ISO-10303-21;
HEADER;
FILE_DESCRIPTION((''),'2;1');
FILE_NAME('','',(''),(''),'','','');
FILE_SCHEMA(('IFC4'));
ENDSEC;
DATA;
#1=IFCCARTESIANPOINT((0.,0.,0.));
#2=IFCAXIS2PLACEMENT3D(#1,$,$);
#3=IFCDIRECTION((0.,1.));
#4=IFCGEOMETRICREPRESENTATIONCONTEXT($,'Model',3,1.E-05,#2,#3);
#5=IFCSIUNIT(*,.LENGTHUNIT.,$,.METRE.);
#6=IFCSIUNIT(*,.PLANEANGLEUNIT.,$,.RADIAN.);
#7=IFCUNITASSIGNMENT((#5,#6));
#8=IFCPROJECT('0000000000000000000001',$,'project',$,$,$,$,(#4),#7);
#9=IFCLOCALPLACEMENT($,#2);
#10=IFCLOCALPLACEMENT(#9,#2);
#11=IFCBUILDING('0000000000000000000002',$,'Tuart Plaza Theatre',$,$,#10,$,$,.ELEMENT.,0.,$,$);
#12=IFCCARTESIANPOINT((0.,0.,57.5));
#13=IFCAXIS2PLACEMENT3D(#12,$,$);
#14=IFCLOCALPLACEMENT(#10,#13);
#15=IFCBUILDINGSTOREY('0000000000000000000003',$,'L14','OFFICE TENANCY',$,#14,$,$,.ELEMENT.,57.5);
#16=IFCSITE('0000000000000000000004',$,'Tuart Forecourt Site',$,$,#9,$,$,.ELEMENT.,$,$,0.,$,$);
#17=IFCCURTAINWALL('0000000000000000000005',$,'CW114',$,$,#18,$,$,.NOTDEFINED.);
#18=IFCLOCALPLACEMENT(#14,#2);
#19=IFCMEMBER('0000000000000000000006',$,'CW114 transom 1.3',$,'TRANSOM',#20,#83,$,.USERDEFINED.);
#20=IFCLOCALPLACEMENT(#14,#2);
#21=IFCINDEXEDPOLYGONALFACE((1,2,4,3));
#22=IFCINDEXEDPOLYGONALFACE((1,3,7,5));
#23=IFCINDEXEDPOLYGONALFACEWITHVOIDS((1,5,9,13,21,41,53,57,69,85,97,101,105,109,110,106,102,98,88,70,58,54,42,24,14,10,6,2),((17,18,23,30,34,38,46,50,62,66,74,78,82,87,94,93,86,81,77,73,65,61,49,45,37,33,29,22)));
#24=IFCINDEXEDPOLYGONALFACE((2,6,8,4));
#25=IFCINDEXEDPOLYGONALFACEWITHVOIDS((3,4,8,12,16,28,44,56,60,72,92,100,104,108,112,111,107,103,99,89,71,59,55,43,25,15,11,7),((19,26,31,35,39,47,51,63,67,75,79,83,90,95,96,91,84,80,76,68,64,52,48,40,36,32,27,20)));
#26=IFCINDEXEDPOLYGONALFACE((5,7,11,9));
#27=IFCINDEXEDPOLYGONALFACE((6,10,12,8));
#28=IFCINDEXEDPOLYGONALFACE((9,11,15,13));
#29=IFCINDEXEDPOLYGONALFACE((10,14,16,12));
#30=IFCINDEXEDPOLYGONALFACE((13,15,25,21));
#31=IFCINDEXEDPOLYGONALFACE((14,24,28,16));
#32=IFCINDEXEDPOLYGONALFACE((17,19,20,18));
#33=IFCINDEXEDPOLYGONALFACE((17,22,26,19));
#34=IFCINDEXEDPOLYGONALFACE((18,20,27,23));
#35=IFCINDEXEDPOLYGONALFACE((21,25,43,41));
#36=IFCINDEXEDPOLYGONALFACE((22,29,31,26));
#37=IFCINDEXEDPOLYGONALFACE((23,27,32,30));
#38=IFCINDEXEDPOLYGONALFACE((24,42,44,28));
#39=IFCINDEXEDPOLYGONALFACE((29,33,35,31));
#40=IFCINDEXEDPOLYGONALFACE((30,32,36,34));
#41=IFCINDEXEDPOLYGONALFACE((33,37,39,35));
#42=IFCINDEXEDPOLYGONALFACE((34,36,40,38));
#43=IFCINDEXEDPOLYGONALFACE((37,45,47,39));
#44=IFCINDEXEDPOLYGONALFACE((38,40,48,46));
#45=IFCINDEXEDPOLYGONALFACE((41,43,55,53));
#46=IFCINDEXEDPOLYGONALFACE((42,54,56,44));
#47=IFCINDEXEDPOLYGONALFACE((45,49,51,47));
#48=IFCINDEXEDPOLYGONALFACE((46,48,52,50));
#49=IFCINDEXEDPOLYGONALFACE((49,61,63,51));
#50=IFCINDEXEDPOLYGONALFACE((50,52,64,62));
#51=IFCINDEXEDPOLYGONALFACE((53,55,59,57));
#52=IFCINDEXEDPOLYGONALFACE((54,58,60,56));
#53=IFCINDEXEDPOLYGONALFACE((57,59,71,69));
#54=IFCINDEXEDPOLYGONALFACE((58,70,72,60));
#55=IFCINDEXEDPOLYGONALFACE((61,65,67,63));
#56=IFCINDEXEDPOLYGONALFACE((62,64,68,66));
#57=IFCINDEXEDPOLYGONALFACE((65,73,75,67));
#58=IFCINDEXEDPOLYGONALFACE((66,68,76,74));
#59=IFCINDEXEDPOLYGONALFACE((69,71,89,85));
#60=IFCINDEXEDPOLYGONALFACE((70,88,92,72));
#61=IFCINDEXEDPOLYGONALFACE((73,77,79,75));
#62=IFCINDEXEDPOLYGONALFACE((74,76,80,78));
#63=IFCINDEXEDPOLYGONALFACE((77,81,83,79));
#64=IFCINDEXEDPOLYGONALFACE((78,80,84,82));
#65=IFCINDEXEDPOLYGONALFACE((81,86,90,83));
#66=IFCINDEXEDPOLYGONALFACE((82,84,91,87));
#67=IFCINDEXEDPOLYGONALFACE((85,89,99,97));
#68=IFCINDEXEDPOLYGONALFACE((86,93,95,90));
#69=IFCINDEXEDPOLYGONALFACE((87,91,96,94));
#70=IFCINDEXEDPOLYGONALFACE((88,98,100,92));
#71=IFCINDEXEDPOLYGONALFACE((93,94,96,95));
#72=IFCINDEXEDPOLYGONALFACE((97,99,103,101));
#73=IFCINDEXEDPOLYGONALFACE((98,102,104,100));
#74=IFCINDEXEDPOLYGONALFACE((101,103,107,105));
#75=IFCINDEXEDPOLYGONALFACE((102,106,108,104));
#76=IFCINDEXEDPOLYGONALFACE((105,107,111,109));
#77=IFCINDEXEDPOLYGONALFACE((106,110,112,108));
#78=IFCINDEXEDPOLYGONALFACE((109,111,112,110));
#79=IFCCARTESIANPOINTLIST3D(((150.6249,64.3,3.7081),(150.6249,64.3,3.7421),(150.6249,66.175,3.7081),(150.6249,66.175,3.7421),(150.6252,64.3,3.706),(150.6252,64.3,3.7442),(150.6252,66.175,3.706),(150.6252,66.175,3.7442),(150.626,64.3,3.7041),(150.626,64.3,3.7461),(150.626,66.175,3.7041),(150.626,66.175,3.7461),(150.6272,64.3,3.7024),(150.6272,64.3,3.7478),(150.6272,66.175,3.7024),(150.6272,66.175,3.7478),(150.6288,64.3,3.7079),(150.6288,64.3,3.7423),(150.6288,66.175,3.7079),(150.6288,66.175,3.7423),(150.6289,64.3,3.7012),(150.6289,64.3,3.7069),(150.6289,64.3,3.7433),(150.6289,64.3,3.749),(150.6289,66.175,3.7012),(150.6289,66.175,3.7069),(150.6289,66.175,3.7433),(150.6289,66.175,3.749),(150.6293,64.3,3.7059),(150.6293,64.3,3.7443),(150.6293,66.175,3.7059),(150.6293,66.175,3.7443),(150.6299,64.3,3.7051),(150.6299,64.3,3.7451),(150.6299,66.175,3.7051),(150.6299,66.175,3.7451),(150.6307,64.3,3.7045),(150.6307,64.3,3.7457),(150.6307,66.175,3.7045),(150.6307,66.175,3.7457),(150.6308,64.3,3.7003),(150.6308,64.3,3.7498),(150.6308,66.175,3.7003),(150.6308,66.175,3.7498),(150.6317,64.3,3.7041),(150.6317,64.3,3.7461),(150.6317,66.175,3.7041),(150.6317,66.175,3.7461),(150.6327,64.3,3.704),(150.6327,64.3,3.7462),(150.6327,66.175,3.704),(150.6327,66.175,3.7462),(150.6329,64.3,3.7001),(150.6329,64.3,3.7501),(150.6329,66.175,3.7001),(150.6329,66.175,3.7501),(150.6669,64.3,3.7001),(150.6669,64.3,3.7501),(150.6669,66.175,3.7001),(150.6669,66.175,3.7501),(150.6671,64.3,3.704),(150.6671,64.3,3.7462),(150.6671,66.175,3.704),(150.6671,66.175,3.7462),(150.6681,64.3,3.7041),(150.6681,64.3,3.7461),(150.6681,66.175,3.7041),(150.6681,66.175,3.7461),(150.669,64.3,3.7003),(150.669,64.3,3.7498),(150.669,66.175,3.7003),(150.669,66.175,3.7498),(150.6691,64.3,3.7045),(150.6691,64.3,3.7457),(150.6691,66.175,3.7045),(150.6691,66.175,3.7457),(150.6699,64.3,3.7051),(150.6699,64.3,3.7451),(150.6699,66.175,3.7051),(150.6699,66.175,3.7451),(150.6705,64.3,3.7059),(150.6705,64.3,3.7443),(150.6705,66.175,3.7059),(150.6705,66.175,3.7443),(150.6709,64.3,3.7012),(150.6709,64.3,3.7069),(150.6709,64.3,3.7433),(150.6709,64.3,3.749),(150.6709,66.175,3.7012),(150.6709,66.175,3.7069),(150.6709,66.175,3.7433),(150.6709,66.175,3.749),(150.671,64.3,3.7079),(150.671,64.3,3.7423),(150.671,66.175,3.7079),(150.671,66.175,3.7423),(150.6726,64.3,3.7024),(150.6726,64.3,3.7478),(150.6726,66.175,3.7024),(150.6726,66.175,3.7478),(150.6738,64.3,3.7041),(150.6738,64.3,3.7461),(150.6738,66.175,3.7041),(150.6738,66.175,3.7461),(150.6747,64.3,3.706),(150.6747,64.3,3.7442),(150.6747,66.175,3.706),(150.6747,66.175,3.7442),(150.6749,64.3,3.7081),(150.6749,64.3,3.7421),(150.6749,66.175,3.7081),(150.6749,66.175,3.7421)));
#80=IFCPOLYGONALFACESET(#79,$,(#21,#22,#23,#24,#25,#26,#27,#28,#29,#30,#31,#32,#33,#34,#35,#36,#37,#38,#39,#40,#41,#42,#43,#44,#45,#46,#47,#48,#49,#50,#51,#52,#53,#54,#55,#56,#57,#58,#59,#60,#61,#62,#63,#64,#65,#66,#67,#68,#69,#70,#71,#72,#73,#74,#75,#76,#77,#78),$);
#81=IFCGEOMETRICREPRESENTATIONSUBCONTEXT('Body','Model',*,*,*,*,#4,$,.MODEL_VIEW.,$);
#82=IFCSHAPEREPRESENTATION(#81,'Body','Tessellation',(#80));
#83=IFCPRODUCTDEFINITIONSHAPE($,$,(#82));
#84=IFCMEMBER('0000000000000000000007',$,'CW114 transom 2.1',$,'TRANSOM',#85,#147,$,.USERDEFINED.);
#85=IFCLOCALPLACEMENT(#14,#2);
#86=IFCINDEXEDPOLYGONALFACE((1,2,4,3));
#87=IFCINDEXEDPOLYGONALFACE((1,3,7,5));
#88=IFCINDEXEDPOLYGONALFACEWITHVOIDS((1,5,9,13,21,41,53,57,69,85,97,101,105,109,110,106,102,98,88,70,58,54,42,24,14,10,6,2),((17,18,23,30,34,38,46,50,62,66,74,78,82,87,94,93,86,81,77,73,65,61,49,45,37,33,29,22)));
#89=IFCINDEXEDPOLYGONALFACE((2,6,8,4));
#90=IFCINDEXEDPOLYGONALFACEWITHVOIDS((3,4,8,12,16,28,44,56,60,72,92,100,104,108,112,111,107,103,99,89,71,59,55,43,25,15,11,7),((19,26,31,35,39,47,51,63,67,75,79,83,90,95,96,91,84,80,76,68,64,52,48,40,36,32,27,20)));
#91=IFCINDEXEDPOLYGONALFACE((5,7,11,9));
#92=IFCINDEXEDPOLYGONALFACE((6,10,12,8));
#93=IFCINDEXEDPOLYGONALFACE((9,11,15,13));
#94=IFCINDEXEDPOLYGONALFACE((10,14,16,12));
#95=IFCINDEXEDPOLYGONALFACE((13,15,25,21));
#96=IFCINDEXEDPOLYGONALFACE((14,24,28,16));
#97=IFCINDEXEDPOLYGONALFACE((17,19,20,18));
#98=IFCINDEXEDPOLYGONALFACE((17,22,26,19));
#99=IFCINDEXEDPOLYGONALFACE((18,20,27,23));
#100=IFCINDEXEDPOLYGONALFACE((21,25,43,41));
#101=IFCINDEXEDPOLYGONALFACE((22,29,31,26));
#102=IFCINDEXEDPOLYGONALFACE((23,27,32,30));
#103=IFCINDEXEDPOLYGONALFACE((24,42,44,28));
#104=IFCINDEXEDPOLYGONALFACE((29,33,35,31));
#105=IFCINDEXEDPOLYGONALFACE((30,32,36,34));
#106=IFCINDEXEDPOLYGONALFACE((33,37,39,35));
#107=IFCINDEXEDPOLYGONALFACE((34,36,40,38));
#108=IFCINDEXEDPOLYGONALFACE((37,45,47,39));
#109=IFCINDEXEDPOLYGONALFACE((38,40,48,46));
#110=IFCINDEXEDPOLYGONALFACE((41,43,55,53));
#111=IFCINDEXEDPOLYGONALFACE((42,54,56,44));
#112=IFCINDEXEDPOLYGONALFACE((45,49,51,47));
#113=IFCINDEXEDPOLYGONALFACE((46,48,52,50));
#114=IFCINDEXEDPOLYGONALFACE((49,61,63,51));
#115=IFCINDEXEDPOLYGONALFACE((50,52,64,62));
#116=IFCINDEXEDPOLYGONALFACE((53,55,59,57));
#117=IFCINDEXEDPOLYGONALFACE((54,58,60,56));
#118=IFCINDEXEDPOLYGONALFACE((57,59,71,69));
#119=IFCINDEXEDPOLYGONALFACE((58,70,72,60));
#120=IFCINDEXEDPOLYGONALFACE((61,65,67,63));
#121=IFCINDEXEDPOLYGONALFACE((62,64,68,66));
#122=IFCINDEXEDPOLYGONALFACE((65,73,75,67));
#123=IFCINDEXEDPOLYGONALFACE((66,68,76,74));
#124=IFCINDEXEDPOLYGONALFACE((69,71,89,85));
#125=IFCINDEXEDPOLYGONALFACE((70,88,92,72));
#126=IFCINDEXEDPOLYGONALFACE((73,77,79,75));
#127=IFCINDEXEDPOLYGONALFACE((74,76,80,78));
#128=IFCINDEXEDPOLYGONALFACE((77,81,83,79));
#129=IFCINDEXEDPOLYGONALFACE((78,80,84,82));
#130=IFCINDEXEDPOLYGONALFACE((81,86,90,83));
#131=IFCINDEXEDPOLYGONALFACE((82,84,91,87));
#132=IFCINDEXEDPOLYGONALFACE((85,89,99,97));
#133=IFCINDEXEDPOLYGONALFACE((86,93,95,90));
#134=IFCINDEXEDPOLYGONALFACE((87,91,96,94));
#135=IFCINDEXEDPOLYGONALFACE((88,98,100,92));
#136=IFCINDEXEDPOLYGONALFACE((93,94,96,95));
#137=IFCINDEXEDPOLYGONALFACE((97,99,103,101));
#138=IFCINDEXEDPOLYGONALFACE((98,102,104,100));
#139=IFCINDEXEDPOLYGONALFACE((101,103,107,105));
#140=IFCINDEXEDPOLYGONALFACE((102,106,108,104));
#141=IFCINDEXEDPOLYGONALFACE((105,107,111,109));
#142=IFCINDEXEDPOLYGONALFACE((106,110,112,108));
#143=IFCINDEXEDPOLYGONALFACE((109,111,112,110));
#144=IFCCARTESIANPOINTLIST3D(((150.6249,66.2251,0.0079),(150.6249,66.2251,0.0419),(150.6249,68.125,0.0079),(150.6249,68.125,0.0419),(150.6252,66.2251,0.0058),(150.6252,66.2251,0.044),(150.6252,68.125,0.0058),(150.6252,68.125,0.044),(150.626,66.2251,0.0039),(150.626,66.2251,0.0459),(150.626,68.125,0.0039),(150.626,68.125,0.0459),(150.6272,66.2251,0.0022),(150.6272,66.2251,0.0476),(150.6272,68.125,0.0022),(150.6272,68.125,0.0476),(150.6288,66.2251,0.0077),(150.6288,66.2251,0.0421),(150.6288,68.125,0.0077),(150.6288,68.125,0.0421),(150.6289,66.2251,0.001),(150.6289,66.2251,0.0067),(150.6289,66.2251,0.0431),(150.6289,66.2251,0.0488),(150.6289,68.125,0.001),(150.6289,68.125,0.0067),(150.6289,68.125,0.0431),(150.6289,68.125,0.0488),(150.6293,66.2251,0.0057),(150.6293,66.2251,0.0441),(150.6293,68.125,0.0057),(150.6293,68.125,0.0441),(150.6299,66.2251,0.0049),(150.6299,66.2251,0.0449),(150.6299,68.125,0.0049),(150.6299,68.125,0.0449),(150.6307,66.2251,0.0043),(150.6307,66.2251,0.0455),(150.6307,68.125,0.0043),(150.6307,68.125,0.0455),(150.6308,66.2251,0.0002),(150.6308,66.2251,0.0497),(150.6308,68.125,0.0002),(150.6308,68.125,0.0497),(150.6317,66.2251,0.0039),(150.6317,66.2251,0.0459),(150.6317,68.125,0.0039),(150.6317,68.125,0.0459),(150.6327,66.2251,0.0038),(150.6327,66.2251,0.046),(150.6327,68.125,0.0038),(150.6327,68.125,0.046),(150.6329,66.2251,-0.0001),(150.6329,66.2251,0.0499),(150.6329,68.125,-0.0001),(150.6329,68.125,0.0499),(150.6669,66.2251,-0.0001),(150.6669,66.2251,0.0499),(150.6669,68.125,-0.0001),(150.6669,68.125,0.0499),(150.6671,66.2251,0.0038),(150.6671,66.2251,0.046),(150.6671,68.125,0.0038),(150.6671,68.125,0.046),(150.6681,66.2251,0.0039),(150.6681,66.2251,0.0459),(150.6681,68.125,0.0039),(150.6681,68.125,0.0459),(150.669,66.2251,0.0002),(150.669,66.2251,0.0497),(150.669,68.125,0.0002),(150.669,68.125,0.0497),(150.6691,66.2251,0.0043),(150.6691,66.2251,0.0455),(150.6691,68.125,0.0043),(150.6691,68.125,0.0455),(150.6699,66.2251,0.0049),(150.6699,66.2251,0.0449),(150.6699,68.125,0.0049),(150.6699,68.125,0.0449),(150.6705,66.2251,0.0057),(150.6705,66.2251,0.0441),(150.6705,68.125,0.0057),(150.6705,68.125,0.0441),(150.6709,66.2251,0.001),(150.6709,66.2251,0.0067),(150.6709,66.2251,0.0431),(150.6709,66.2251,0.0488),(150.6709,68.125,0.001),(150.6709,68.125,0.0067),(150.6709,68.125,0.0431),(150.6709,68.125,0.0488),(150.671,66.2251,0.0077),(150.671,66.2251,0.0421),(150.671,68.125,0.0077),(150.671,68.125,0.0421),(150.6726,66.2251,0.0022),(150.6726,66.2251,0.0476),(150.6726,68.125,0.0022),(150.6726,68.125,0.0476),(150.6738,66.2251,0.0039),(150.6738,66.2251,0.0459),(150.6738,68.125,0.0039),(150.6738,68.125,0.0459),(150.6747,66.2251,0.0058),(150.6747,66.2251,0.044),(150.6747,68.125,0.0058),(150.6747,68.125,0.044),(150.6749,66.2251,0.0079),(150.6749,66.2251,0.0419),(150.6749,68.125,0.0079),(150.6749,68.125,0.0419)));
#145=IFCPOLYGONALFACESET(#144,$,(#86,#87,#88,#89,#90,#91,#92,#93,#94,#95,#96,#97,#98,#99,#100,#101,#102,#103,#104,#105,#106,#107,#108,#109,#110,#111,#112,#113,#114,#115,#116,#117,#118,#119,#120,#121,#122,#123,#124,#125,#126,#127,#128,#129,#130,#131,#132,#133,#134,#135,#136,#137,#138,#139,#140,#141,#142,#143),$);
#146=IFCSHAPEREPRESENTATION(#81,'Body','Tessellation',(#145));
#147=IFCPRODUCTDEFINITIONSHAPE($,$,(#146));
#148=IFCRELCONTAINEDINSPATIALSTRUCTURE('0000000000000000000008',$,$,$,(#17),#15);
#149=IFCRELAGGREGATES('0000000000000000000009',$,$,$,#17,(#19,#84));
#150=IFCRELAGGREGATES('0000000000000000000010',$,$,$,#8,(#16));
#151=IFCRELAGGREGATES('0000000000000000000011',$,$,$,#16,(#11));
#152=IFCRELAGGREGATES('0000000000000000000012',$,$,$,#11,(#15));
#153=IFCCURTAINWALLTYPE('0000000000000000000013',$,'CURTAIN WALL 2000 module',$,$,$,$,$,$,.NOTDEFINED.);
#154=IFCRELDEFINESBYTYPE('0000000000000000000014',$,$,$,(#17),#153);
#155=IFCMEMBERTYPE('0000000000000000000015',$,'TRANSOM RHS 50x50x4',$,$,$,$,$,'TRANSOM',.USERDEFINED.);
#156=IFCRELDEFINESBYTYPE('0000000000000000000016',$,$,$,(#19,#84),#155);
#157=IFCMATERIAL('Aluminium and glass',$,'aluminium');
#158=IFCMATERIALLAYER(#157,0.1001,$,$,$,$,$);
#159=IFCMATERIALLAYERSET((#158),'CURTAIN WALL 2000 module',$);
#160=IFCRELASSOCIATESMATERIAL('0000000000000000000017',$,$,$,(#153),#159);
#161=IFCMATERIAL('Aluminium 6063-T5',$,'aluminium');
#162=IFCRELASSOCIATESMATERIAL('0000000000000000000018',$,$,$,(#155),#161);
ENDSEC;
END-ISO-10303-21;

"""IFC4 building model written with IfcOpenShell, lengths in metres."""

from ifc_helpers import new_model, si_unit, direction, frame, origin, origin_2d, place, context, subcontext, project, spatial, hollow_rectangle, extrude, material, layer, layer_set, material_profile, profile_set, type_object, element, aggregate, save


model = new_model("IFC4")

# Units and contexts
model_context = context("Model", 3, precision=1e-05, world=origin(), true_north=direction((0.0, 1.0)))
body_context = subcontext(model_context, "Body", "Model", "MODEL_VIEW")
ifc_project = project(units=[si_unit("LENGTHUNIT", "METRE"), si_unit("PLANEANGLEUNIT", "RADIAN")], contexts=[model_context])

# Site, building, storey
site_placement = place(None, origin())
site = spatial("IfcSite", under=ifc_project, at=site_placement, Name="Tuart Forecourt Site", CompositionType="ELEMENT", RefElevation=0.0)
building_placement = place(site_placement, origin())
building = spatial("IfcBuilding", under=site, at=building_placement, Name="Tuart Plaza Theatre", CompositionType="ELEMENT", ElevationOfRefHeight=0.0)
storey_placement = place(building_placement, frame((0.0, 0.0, 57.5)))
storey = spatial("IfcBuildingStorey", under=building, at=storey_placement, Name="L14", Description="OFFICE TENANCY", CompositionType="ELEMENT", Elevation=57.5)

# Shared definitions
ifc_material_1 = material(Name="Aluminium and glass", Category="aluminium")
ifc_layer_1 = layer(ifc_material_1, 0.1001)
ifc_layer_set_1 = layer_set([ifc_layer_1], Name="CURTAIN WALL 2000 module")
curtain_wall_type = type_object("IfcCurtainWallType", Name="CURTAIN WALL 2000 module", PredefinedType="NOTDEFINED", material=ifc_layer_set_1)

# Curtain wall, members
curtain_wall_1_placement = place(storey_placement, origin())
curtain_wall_1 = element("IfcCurtainWall", 1, at=curtain_wall_1_placement, inside=storey, type_object=curtain_wall_type, Name="CW114", PredefinedType="NOTDEFINED")
ifc_material_2 = material(Name="Aluminium 6063-T5", Category="aluminium")
ifc_material_profile_1 = material_profile(ifc_material_2, hollow_rectangle(XDim=0.05, YDim=0.05, WallThickness=0.0039, InnerFilletRadius=0.0039, OuterFilletRadius=0.0081, at=origin_2d()), Name="RHS 50x50x4")
ifc_profile_set_1 = profile_set([ifc_material_profile_1], Name="Aluminium 6063-T5")
member_type_1 = type_object("IfcMemberType", Name="TRANSOM RHS 50x50x4", ElementType="TRANSOM", PredefinedType="USERDEFINED", material=ifc_profile_set_1)
member_1_placement = place(storey_placement, frame((150.6499, 64.3, 3.7251), z_axis=(0.0, 1.0, 0.0), x_axis=(-1.0, 0.0, 0.0)))
member_1 = element("IfcMember", 2, at=member_1_placement, type_object=member_type_1, Name="CW114 transom 1.3", ObjectType="TRANSOM", PredefinedType="USERDEFINED", context=body_context, shape_type="SweptSolid", body=[
    extrude(hollow_rectangle(XDim=0.05, YDim=0.05, WallThickness=0.0039, InnerFilletRadius=0.0039, OuterFilletRadius=0.0081, at=origin_2d()), origin(), (0.0, 0.0, 1.0), 1.875),
])
member_2_placement = place(storey_placement, frame((150.6499, 66.2251, 0.0249), z_axis=(0.0, 1.0, 0.0), x_axis=(-1.0, 0.0, 0.0)))
member_2 = element("IfcMember", 3, at=member_2_placement, type_object=member_type_1, Name="CW114 transom 2.1", ObjectType="TRANSOM", PredefinedType="USERDEFINED", context=body_context, shape_type="SweptSolid", body=[
    extrude(hollow_rectangle(XDim=0.05, YDim=0.05, WallThickness=0.0039, InnerFilletRadius=0.0039, OuterFilletRadius=0.0081, at=origin_2d()), origin(), (0.0, 0.0, 1.0), 1.8999),
])

aggregate(curtain_wall_1, [member_1, member_2])

save(model, "model.ifc")
